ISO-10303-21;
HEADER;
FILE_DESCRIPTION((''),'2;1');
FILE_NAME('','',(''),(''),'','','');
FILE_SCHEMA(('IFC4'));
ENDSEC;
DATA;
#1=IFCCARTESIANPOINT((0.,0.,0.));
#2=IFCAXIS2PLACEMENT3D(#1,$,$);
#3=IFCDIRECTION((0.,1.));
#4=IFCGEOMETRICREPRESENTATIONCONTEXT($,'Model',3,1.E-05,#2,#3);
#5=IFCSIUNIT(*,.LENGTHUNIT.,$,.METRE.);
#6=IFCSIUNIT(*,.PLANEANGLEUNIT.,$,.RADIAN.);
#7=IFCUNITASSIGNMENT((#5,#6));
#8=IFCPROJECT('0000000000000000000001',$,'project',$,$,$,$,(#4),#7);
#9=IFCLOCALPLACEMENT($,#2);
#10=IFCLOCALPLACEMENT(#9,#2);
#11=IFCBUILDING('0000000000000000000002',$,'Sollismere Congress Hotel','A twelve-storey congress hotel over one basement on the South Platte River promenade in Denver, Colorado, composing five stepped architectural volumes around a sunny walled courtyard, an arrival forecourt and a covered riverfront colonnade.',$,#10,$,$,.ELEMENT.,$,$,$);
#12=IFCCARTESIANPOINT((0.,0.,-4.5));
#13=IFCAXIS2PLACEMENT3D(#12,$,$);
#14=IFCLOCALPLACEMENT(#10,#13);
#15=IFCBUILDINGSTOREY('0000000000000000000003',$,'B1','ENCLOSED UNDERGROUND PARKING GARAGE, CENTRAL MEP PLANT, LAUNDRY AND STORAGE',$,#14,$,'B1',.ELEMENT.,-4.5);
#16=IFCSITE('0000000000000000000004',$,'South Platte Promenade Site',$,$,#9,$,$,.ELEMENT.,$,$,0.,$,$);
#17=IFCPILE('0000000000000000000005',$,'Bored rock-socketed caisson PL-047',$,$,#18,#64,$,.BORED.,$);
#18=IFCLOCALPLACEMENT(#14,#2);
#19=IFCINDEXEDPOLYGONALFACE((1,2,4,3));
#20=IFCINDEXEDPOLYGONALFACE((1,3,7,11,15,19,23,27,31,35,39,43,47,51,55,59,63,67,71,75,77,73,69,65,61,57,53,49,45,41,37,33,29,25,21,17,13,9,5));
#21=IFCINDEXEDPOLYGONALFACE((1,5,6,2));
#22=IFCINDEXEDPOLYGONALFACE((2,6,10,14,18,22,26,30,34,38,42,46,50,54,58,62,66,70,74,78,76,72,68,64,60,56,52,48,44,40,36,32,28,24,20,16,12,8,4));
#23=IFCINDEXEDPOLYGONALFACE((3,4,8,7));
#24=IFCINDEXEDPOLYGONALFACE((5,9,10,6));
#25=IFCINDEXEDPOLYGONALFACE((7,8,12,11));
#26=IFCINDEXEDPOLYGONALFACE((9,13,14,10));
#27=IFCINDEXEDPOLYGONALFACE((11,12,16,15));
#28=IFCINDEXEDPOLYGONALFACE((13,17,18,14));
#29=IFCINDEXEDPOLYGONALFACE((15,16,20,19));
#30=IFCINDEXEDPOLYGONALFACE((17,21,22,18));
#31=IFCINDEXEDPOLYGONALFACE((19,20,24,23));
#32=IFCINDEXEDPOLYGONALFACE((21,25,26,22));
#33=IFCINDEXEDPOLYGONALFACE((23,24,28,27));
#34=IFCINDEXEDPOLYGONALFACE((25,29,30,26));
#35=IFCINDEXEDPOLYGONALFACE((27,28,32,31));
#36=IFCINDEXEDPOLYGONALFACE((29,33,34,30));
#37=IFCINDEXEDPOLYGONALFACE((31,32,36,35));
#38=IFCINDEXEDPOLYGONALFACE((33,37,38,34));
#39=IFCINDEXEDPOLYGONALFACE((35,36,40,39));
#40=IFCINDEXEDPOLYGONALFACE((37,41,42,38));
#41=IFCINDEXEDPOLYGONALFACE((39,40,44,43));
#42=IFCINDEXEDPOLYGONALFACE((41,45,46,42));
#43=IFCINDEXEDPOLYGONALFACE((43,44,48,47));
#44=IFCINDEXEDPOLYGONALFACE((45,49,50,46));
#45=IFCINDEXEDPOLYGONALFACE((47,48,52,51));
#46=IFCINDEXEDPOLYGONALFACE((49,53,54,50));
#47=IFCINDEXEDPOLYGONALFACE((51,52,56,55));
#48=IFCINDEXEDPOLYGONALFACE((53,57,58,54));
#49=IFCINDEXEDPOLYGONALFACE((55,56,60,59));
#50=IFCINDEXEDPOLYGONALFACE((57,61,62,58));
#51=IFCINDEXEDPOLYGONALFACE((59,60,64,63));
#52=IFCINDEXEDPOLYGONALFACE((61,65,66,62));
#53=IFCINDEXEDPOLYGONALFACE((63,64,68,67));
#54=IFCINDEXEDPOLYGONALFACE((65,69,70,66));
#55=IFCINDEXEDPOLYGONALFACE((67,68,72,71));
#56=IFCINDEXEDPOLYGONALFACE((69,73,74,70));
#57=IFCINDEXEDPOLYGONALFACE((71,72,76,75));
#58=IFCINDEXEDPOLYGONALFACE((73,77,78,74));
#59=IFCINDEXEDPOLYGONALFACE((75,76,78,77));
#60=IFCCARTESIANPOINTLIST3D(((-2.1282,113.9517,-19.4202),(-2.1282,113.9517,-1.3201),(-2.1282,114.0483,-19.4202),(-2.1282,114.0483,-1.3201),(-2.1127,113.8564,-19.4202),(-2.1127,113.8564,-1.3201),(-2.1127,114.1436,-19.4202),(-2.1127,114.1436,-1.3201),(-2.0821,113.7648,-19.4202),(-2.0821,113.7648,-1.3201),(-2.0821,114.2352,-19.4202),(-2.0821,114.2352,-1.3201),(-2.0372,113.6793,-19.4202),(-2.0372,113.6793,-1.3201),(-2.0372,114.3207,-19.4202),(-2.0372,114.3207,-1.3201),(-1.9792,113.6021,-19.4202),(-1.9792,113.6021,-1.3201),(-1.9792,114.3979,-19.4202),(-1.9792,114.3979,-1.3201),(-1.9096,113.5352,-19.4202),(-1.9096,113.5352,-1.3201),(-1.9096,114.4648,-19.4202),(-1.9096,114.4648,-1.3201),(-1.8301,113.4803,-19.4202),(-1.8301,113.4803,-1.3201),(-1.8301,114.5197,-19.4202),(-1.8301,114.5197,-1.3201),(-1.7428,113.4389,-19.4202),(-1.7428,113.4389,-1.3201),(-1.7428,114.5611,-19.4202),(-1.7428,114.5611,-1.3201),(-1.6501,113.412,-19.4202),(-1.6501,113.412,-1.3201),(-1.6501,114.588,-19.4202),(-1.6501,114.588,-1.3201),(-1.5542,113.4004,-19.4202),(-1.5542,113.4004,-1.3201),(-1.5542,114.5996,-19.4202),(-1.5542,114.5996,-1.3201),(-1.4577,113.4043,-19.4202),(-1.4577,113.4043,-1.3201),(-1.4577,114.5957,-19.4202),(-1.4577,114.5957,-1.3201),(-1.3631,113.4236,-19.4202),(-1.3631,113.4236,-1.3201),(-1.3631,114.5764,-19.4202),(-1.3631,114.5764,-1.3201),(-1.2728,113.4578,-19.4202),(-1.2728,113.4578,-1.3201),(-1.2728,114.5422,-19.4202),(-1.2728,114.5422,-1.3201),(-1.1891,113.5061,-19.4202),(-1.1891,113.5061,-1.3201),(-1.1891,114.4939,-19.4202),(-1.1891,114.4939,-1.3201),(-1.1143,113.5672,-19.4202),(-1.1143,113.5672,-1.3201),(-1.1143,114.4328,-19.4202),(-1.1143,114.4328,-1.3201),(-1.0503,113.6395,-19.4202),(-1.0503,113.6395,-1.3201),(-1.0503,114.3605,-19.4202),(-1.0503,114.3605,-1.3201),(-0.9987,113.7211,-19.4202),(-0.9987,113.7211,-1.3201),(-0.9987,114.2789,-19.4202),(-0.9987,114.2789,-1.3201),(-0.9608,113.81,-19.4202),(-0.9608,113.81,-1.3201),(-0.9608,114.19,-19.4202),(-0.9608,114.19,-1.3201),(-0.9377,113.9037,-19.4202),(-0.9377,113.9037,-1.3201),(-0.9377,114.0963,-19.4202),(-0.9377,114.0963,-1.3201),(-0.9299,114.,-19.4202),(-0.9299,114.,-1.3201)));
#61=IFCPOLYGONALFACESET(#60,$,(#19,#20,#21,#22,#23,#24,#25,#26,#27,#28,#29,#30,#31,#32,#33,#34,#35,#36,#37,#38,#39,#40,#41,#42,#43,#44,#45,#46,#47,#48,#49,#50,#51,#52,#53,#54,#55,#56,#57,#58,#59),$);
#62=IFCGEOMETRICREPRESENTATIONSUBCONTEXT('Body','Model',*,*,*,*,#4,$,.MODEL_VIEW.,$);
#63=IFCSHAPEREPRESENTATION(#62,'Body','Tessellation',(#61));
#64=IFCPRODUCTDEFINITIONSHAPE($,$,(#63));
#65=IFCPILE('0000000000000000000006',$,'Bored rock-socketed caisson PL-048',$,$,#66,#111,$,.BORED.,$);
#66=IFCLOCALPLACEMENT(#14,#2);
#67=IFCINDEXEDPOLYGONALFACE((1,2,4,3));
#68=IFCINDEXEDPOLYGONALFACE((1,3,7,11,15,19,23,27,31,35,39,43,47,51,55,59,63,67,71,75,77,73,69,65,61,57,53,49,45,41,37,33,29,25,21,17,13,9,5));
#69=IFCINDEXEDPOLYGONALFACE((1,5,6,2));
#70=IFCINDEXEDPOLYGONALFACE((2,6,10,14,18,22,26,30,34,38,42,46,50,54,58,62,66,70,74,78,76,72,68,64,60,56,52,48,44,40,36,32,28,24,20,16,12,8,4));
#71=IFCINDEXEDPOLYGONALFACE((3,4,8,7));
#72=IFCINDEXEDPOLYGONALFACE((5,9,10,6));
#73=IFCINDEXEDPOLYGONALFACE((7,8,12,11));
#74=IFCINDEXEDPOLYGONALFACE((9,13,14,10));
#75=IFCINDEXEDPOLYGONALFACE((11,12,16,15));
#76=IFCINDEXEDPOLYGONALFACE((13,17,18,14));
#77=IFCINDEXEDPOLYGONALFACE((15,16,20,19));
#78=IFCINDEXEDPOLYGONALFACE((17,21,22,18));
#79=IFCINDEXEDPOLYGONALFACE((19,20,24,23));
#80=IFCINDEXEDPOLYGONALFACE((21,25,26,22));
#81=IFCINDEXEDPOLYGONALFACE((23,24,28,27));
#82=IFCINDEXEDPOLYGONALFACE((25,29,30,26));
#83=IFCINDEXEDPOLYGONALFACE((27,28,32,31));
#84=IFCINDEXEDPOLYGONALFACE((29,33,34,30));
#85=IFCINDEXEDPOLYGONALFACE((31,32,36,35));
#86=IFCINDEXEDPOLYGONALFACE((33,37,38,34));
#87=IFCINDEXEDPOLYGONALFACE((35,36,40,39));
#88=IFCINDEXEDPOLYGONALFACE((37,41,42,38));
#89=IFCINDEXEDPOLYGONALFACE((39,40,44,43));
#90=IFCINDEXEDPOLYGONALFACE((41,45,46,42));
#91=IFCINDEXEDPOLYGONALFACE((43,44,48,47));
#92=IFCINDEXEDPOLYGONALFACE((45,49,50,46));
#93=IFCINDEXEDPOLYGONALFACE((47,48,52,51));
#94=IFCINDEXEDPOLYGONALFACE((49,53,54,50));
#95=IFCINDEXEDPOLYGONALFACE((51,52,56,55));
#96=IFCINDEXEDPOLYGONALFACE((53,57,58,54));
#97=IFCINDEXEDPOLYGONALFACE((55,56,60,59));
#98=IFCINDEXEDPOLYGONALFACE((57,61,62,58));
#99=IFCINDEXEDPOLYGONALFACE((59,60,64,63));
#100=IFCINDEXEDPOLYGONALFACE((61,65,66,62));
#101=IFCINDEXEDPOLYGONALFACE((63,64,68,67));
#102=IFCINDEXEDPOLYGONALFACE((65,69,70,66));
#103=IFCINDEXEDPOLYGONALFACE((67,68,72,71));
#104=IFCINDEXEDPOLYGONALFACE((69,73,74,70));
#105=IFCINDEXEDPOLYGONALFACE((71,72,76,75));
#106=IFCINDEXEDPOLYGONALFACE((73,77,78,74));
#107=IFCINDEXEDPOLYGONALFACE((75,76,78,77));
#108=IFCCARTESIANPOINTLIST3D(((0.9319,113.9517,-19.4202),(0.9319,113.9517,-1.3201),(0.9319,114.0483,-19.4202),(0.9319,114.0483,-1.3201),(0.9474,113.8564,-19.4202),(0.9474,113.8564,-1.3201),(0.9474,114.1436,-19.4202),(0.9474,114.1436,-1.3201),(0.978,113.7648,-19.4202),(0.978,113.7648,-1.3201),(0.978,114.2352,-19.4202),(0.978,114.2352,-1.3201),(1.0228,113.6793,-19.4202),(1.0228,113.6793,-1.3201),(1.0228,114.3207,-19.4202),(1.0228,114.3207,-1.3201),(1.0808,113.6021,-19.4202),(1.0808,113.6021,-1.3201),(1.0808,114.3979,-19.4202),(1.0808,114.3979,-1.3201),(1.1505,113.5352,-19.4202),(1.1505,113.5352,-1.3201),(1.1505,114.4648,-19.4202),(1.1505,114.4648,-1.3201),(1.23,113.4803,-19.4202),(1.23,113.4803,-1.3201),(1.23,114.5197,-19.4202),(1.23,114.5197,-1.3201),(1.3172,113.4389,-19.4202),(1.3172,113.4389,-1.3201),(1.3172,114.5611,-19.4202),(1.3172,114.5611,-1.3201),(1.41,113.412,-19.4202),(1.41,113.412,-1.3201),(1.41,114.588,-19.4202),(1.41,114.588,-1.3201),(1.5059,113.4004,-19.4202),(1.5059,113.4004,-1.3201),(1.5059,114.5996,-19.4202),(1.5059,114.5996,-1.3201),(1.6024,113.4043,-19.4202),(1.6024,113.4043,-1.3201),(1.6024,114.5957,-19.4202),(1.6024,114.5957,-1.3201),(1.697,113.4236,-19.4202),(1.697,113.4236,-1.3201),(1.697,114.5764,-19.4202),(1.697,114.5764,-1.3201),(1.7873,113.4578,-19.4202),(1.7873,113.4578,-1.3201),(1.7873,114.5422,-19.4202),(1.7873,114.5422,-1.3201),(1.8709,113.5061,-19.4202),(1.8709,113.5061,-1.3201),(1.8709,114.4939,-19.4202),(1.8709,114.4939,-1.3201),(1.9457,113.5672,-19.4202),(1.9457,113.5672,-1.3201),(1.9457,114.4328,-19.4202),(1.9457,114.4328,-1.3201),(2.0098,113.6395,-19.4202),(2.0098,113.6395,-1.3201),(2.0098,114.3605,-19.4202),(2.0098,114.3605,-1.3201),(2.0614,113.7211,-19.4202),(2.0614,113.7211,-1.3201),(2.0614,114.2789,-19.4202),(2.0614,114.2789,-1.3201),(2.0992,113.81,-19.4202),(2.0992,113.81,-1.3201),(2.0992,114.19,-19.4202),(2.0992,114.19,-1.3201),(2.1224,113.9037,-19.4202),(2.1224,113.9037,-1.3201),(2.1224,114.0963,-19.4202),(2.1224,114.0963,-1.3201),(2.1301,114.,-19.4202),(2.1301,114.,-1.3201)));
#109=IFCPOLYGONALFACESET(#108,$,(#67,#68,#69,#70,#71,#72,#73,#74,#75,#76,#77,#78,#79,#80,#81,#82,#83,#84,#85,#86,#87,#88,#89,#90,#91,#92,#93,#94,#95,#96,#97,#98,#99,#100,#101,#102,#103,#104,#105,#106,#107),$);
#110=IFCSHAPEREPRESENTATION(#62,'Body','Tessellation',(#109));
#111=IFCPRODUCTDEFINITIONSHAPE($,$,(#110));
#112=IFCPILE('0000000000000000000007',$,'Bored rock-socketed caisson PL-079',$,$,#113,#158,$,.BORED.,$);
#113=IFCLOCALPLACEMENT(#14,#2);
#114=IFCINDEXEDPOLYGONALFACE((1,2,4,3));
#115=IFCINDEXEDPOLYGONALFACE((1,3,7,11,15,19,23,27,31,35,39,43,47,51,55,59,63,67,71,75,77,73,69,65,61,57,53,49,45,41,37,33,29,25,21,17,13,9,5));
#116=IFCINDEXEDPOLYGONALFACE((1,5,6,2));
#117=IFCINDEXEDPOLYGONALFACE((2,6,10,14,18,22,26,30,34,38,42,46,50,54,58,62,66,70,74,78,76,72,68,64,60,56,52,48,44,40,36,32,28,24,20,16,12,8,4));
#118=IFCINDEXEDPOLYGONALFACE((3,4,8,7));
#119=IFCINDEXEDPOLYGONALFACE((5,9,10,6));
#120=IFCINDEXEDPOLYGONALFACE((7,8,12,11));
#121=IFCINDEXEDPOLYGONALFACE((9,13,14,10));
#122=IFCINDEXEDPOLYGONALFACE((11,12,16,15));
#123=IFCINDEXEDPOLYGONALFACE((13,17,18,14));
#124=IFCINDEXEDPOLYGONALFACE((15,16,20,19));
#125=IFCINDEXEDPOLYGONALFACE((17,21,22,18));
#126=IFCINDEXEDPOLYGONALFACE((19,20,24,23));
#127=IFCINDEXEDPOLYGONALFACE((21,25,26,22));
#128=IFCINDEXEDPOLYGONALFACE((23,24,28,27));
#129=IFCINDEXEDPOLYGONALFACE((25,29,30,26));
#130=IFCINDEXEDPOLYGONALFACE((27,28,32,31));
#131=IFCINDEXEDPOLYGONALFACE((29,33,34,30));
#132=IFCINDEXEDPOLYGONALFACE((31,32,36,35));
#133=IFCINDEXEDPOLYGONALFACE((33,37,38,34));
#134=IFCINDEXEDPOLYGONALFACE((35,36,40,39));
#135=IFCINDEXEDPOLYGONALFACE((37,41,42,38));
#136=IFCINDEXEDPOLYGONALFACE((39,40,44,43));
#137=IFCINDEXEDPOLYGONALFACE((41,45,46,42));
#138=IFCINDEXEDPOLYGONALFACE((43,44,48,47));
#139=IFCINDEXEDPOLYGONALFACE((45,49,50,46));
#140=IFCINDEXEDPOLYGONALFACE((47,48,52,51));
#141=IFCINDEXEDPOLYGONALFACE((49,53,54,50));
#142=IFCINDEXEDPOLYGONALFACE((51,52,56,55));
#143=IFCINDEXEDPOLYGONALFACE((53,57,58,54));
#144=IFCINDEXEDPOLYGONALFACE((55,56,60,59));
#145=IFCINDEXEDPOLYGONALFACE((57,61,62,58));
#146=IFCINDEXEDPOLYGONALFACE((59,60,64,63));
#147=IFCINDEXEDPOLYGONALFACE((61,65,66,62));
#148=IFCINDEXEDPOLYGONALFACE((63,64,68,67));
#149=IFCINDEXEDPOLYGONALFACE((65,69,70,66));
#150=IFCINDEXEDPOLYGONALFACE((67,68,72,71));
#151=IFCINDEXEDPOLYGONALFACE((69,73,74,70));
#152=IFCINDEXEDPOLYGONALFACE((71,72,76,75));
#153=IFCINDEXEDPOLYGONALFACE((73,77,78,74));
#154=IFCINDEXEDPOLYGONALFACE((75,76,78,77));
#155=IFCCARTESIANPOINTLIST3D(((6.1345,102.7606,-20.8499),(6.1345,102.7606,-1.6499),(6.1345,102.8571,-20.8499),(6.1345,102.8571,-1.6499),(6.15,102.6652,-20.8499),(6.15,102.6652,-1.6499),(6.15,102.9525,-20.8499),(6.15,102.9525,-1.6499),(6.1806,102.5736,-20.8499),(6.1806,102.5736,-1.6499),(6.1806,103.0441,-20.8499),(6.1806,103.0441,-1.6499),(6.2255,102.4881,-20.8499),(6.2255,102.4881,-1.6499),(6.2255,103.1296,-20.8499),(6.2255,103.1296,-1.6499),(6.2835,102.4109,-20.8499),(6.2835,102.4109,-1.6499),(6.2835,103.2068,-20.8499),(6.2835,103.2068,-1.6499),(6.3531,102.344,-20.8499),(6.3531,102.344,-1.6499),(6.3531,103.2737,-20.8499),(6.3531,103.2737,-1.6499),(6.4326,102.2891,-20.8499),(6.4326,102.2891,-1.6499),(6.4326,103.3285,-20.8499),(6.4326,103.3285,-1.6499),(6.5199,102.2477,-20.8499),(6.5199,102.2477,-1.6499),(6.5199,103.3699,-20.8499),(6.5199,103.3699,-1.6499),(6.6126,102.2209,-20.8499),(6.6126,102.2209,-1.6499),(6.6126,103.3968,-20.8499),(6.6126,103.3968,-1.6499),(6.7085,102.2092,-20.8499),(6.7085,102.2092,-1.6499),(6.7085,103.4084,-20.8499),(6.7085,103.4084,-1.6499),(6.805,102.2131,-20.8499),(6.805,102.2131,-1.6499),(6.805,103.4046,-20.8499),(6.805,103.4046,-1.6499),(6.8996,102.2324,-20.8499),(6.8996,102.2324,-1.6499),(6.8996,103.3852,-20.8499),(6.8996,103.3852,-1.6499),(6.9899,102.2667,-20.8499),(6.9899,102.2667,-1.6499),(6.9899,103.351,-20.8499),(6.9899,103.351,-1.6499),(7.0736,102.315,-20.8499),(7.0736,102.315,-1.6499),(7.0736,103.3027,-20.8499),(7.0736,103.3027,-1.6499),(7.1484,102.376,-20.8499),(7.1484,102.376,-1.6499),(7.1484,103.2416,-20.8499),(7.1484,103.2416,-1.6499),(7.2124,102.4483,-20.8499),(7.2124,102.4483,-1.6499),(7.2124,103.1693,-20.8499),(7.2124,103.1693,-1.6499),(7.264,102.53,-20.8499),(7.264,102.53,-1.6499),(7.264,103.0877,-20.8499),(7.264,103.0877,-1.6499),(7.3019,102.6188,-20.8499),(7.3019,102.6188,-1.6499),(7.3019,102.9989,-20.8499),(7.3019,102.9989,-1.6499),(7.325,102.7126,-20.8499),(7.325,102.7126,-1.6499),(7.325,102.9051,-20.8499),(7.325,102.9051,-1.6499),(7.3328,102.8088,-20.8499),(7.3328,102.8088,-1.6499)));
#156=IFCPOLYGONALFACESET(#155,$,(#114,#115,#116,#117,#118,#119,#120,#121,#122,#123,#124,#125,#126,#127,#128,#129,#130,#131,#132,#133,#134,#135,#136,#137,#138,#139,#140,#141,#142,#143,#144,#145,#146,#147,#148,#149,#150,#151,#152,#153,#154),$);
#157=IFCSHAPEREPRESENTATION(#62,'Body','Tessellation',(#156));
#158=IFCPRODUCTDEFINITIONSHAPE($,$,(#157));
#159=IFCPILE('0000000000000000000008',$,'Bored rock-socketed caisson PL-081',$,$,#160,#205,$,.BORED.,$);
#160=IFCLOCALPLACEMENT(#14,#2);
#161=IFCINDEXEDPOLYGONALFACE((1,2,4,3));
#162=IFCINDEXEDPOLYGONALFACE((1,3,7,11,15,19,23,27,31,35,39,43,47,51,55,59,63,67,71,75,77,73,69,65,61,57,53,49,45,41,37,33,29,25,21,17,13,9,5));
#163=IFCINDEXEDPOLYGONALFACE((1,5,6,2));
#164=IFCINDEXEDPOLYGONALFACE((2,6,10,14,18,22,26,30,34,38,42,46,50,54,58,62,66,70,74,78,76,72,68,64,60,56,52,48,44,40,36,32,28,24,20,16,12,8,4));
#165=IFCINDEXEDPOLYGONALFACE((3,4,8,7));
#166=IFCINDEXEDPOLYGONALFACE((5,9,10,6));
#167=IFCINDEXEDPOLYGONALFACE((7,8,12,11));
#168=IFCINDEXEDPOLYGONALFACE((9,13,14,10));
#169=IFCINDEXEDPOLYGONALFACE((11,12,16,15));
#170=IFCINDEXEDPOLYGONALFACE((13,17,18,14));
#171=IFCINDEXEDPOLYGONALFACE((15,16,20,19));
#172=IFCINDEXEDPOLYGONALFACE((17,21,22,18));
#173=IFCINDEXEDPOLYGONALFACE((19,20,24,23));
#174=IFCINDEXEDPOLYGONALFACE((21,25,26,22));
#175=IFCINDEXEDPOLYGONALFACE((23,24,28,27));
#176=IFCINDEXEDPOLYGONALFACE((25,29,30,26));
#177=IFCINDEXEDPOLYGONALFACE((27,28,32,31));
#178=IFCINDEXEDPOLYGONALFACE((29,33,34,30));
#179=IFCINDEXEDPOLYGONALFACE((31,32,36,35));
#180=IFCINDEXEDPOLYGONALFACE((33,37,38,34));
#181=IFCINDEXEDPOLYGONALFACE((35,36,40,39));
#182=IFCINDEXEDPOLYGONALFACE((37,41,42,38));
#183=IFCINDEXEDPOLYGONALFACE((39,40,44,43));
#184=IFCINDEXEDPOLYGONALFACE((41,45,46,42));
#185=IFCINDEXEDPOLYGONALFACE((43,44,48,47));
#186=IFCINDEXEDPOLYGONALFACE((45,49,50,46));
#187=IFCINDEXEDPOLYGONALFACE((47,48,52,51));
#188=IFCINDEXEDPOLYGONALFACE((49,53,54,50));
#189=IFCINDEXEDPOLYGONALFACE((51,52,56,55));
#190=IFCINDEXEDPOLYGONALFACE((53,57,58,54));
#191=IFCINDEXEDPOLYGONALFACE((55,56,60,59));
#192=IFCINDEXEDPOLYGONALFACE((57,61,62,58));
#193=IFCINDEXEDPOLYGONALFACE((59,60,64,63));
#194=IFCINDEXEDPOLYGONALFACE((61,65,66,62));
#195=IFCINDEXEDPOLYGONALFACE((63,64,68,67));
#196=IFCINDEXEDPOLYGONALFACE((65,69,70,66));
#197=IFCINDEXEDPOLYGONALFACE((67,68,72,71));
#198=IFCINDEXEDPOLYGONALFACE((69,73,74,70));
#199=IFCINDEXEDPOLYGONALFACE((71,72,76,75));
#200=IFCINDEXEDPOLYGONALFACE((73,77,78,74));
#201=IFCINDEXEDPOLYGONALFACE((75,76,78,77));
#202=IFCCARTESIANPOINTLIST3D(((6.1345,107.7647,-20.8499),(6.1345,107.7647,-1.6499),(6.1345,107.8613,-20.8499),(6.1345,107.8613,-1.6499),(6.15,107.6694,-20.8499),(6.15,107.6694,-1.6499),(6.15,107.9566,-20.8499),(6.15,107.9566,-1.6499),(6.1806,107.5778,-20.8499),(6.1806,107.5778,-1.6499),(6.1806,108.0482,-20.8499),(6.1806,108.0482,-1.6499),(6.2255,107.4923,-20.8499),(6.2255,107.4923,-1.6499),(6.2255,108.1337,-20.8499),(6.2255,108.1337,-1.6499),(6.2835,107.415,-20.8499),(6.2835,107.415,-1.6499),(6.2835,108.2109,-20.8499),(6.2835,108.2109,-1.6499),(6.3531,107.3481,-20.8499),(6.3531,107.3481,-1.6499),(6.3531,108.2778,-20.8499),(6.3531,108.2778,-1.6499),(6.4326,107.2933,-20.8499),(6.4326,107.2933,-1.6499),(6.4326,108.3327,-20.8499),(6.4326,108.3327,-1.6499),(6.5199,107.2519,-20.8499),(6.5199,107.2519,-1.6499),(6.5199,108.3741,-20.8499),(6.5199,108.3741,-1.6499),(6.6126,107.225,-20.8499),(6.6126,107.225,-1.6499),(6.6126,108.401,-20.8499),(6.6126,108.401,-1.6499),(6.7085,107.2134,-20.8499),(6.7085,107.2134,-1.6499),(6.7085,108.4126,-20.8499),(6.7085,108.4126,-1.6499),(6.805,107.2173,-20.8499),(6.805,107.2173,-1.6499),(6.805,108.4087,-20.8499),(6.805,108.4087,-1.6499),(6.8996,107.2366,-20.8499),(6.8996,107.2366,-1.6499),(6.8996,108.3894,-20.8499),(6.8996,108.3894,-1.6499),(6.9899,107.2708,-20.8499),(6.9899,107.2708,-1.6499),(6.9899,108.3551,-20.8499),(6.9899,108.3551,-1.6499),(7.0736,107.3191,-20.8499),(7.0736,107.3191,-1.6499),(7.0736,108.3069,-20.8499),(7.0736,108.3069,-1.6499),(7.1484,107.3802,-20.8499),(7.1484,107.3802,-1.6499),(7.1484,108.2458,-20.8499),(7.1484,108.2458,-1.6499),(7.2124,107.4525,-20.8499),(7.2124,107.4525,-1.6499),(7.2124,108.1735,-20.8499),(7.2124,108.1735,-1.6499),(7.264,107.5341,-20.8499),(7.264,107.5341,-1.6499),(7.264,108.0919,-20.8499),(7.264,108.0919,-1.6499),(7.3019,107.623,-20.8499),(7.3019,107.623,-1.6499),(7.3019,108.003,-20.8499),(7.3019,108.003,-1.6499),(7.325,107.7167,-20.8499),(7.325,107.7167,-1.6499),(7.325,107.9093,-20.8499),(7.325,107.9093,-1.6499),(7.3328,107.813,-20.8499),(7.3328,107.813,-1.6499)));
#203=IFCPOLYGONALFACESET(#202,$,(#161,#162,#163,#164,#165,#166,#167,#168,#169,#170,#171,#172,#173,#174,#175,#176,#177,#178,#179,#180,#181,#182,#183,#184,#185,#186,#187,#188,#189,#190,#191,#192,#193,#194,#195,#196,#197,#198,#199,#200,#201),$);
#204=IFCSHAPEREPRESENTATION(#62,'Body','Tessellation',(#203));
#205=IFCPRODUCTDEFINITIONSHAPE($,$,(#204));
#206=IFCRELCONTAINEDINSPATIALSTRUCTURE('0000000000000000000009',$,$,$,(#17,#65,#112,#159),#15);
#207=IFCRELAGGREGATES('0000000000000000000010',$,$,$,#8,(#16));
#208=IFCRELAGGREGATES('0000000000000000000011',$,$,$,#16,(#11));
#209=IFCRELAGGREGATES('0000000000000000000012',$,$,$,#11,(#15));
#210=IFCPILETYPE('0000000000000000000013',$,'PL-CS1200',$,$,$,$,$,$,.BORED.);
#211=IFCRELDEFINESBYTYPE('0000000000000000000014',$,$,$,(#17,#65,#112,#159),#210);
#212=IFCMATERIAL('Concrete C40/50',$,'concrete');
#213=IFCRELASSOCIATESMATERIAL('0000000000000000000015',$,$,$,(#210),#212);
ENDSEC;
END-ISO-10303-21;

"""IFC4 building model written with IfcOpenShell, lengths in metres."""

from ifc_helpers import new_model, si_unit, direction, frame, origin, origin_2d, place, context, subcontext, project, spatial, circle, extrude, material, material_profile, profile_set, type_object, element, save


model = new_model("IFC4")

# Units and contexts
model_context = context("Model", 3, precision=1e-05, world=origin(), true_north=direction((0.0, 1.0)))
body_context = subcontext(model_context, "Body", "Model", "MODEL_VIEW")
ifc_project = project(units=[si_unit("LENGTHUNIT", "METRE"), si_unit("PLANEANGLEUNIT", "RADIAN")], contexts=[model_context])

# Site, building, storey
site_placement = place(None, origin())
site = spatial("IfcSite", under=ifc_project, at=site_placement, Name="South Platte Promenade Site", CompositionType="ELEMENT", RefElevation=0.0)
building_placement = place(site_placement, origin())
building = spatial("IfcBuilding", under=site, at=building_placement, Name="Sollismere Congress Hotel", Description="A twelve-storey congress hotel over one basement on the South Platte River promenade in Denver, Colorado, composing five stepped architectural volumes around a sunny walled courtyard, an arrival forecourt and a covered riverfront colonnade.", CompositionType="ELEMENT")
storey_placement = place(building_placement, frame((0.0, 0.0, -4.5)))
storey = spatial("IfcBuildingStorey", under=building, at=storey_placement, Name="B1", Description="ENCLOSED UNDERGROUND PARKING GARAGE, CENTRAL MEP PLANT, LAUNDRY AND STORAGE", LongName="B1", CompositionType="ELEMENT", Elevation=-4.5)

# Shared definitions
ifc_material_1 = material(Name="Concrete C40/50", Category="concrete")

# Piles
ifc_material_profile_1 = material_profile(ifc_material_1, circle(Radius=0.6001, at=origin_2d()), Name="CAISSON1200")
ifc_profile_set_1 = profile_set([ifc_material_profile_1], Name="Concrete C40/50")
pile_type = type_object("IfcPileType", Name="PL-CS1200", PredefinedType="BORED", material=ifc_profile_set_1)
for number, where, z_axis, x_axis, name in (
    (1, (-1.53, 114.0, -1.3201), (0.0, 0.0, -1.0), (1.0, 0.0, 0.0), "Bored rock-socketed caisson PL-047"),
    (2, (1.53, 114.0, -1.3201), (0.0, 0.0, -1.0), (1.0, 0.0, 0.0), "Bored rock-socketed caisson PL-048"),
):
    element("IfcPile", number, at=place(storey_placement, frame(where, z_axis=z_axis, x_axis=x_axis)), inside=storey, type_object=pile_type, Name=name, PredefinedType="BORED", context=body_context, shape_type="SweptSolid", body=[
        extrude(circle(Radius=0.6001, at=origin_2d()), origin(), (0.0, 0.0, 1.0), 18.1001),
    ])
for number, where, z_axis, x_axis, name in (
    (3, (6.7327, 102.8088, -1.6499), (0.0, 0.0, -1.0), (1.0, 0.0, 0.0), "Bored rock-socketed caisson PL-079"),
    (4, (6.7327, 107.813, -1.6499), (0.0, 0.0, -1.0), (1.0, 0.0, 0.0), "Bored rock-socketed caisson PL-081"),
):
    element("IfcPile", number, at=place(storey_placement, frame(where, z_axis=z_axis, x_axis=x_axis)), inside=storey, type_object=pile_type, Name=name, PredefinedType="BORED", context=body_context, shape_type="SweptSolid", body=[
        extrude(circle(Radius=0.6001, at=origin_2d()), origin(), (0.0, 0.0, 1.0), 19.2),
    ])

save(model, "model.ifc")
